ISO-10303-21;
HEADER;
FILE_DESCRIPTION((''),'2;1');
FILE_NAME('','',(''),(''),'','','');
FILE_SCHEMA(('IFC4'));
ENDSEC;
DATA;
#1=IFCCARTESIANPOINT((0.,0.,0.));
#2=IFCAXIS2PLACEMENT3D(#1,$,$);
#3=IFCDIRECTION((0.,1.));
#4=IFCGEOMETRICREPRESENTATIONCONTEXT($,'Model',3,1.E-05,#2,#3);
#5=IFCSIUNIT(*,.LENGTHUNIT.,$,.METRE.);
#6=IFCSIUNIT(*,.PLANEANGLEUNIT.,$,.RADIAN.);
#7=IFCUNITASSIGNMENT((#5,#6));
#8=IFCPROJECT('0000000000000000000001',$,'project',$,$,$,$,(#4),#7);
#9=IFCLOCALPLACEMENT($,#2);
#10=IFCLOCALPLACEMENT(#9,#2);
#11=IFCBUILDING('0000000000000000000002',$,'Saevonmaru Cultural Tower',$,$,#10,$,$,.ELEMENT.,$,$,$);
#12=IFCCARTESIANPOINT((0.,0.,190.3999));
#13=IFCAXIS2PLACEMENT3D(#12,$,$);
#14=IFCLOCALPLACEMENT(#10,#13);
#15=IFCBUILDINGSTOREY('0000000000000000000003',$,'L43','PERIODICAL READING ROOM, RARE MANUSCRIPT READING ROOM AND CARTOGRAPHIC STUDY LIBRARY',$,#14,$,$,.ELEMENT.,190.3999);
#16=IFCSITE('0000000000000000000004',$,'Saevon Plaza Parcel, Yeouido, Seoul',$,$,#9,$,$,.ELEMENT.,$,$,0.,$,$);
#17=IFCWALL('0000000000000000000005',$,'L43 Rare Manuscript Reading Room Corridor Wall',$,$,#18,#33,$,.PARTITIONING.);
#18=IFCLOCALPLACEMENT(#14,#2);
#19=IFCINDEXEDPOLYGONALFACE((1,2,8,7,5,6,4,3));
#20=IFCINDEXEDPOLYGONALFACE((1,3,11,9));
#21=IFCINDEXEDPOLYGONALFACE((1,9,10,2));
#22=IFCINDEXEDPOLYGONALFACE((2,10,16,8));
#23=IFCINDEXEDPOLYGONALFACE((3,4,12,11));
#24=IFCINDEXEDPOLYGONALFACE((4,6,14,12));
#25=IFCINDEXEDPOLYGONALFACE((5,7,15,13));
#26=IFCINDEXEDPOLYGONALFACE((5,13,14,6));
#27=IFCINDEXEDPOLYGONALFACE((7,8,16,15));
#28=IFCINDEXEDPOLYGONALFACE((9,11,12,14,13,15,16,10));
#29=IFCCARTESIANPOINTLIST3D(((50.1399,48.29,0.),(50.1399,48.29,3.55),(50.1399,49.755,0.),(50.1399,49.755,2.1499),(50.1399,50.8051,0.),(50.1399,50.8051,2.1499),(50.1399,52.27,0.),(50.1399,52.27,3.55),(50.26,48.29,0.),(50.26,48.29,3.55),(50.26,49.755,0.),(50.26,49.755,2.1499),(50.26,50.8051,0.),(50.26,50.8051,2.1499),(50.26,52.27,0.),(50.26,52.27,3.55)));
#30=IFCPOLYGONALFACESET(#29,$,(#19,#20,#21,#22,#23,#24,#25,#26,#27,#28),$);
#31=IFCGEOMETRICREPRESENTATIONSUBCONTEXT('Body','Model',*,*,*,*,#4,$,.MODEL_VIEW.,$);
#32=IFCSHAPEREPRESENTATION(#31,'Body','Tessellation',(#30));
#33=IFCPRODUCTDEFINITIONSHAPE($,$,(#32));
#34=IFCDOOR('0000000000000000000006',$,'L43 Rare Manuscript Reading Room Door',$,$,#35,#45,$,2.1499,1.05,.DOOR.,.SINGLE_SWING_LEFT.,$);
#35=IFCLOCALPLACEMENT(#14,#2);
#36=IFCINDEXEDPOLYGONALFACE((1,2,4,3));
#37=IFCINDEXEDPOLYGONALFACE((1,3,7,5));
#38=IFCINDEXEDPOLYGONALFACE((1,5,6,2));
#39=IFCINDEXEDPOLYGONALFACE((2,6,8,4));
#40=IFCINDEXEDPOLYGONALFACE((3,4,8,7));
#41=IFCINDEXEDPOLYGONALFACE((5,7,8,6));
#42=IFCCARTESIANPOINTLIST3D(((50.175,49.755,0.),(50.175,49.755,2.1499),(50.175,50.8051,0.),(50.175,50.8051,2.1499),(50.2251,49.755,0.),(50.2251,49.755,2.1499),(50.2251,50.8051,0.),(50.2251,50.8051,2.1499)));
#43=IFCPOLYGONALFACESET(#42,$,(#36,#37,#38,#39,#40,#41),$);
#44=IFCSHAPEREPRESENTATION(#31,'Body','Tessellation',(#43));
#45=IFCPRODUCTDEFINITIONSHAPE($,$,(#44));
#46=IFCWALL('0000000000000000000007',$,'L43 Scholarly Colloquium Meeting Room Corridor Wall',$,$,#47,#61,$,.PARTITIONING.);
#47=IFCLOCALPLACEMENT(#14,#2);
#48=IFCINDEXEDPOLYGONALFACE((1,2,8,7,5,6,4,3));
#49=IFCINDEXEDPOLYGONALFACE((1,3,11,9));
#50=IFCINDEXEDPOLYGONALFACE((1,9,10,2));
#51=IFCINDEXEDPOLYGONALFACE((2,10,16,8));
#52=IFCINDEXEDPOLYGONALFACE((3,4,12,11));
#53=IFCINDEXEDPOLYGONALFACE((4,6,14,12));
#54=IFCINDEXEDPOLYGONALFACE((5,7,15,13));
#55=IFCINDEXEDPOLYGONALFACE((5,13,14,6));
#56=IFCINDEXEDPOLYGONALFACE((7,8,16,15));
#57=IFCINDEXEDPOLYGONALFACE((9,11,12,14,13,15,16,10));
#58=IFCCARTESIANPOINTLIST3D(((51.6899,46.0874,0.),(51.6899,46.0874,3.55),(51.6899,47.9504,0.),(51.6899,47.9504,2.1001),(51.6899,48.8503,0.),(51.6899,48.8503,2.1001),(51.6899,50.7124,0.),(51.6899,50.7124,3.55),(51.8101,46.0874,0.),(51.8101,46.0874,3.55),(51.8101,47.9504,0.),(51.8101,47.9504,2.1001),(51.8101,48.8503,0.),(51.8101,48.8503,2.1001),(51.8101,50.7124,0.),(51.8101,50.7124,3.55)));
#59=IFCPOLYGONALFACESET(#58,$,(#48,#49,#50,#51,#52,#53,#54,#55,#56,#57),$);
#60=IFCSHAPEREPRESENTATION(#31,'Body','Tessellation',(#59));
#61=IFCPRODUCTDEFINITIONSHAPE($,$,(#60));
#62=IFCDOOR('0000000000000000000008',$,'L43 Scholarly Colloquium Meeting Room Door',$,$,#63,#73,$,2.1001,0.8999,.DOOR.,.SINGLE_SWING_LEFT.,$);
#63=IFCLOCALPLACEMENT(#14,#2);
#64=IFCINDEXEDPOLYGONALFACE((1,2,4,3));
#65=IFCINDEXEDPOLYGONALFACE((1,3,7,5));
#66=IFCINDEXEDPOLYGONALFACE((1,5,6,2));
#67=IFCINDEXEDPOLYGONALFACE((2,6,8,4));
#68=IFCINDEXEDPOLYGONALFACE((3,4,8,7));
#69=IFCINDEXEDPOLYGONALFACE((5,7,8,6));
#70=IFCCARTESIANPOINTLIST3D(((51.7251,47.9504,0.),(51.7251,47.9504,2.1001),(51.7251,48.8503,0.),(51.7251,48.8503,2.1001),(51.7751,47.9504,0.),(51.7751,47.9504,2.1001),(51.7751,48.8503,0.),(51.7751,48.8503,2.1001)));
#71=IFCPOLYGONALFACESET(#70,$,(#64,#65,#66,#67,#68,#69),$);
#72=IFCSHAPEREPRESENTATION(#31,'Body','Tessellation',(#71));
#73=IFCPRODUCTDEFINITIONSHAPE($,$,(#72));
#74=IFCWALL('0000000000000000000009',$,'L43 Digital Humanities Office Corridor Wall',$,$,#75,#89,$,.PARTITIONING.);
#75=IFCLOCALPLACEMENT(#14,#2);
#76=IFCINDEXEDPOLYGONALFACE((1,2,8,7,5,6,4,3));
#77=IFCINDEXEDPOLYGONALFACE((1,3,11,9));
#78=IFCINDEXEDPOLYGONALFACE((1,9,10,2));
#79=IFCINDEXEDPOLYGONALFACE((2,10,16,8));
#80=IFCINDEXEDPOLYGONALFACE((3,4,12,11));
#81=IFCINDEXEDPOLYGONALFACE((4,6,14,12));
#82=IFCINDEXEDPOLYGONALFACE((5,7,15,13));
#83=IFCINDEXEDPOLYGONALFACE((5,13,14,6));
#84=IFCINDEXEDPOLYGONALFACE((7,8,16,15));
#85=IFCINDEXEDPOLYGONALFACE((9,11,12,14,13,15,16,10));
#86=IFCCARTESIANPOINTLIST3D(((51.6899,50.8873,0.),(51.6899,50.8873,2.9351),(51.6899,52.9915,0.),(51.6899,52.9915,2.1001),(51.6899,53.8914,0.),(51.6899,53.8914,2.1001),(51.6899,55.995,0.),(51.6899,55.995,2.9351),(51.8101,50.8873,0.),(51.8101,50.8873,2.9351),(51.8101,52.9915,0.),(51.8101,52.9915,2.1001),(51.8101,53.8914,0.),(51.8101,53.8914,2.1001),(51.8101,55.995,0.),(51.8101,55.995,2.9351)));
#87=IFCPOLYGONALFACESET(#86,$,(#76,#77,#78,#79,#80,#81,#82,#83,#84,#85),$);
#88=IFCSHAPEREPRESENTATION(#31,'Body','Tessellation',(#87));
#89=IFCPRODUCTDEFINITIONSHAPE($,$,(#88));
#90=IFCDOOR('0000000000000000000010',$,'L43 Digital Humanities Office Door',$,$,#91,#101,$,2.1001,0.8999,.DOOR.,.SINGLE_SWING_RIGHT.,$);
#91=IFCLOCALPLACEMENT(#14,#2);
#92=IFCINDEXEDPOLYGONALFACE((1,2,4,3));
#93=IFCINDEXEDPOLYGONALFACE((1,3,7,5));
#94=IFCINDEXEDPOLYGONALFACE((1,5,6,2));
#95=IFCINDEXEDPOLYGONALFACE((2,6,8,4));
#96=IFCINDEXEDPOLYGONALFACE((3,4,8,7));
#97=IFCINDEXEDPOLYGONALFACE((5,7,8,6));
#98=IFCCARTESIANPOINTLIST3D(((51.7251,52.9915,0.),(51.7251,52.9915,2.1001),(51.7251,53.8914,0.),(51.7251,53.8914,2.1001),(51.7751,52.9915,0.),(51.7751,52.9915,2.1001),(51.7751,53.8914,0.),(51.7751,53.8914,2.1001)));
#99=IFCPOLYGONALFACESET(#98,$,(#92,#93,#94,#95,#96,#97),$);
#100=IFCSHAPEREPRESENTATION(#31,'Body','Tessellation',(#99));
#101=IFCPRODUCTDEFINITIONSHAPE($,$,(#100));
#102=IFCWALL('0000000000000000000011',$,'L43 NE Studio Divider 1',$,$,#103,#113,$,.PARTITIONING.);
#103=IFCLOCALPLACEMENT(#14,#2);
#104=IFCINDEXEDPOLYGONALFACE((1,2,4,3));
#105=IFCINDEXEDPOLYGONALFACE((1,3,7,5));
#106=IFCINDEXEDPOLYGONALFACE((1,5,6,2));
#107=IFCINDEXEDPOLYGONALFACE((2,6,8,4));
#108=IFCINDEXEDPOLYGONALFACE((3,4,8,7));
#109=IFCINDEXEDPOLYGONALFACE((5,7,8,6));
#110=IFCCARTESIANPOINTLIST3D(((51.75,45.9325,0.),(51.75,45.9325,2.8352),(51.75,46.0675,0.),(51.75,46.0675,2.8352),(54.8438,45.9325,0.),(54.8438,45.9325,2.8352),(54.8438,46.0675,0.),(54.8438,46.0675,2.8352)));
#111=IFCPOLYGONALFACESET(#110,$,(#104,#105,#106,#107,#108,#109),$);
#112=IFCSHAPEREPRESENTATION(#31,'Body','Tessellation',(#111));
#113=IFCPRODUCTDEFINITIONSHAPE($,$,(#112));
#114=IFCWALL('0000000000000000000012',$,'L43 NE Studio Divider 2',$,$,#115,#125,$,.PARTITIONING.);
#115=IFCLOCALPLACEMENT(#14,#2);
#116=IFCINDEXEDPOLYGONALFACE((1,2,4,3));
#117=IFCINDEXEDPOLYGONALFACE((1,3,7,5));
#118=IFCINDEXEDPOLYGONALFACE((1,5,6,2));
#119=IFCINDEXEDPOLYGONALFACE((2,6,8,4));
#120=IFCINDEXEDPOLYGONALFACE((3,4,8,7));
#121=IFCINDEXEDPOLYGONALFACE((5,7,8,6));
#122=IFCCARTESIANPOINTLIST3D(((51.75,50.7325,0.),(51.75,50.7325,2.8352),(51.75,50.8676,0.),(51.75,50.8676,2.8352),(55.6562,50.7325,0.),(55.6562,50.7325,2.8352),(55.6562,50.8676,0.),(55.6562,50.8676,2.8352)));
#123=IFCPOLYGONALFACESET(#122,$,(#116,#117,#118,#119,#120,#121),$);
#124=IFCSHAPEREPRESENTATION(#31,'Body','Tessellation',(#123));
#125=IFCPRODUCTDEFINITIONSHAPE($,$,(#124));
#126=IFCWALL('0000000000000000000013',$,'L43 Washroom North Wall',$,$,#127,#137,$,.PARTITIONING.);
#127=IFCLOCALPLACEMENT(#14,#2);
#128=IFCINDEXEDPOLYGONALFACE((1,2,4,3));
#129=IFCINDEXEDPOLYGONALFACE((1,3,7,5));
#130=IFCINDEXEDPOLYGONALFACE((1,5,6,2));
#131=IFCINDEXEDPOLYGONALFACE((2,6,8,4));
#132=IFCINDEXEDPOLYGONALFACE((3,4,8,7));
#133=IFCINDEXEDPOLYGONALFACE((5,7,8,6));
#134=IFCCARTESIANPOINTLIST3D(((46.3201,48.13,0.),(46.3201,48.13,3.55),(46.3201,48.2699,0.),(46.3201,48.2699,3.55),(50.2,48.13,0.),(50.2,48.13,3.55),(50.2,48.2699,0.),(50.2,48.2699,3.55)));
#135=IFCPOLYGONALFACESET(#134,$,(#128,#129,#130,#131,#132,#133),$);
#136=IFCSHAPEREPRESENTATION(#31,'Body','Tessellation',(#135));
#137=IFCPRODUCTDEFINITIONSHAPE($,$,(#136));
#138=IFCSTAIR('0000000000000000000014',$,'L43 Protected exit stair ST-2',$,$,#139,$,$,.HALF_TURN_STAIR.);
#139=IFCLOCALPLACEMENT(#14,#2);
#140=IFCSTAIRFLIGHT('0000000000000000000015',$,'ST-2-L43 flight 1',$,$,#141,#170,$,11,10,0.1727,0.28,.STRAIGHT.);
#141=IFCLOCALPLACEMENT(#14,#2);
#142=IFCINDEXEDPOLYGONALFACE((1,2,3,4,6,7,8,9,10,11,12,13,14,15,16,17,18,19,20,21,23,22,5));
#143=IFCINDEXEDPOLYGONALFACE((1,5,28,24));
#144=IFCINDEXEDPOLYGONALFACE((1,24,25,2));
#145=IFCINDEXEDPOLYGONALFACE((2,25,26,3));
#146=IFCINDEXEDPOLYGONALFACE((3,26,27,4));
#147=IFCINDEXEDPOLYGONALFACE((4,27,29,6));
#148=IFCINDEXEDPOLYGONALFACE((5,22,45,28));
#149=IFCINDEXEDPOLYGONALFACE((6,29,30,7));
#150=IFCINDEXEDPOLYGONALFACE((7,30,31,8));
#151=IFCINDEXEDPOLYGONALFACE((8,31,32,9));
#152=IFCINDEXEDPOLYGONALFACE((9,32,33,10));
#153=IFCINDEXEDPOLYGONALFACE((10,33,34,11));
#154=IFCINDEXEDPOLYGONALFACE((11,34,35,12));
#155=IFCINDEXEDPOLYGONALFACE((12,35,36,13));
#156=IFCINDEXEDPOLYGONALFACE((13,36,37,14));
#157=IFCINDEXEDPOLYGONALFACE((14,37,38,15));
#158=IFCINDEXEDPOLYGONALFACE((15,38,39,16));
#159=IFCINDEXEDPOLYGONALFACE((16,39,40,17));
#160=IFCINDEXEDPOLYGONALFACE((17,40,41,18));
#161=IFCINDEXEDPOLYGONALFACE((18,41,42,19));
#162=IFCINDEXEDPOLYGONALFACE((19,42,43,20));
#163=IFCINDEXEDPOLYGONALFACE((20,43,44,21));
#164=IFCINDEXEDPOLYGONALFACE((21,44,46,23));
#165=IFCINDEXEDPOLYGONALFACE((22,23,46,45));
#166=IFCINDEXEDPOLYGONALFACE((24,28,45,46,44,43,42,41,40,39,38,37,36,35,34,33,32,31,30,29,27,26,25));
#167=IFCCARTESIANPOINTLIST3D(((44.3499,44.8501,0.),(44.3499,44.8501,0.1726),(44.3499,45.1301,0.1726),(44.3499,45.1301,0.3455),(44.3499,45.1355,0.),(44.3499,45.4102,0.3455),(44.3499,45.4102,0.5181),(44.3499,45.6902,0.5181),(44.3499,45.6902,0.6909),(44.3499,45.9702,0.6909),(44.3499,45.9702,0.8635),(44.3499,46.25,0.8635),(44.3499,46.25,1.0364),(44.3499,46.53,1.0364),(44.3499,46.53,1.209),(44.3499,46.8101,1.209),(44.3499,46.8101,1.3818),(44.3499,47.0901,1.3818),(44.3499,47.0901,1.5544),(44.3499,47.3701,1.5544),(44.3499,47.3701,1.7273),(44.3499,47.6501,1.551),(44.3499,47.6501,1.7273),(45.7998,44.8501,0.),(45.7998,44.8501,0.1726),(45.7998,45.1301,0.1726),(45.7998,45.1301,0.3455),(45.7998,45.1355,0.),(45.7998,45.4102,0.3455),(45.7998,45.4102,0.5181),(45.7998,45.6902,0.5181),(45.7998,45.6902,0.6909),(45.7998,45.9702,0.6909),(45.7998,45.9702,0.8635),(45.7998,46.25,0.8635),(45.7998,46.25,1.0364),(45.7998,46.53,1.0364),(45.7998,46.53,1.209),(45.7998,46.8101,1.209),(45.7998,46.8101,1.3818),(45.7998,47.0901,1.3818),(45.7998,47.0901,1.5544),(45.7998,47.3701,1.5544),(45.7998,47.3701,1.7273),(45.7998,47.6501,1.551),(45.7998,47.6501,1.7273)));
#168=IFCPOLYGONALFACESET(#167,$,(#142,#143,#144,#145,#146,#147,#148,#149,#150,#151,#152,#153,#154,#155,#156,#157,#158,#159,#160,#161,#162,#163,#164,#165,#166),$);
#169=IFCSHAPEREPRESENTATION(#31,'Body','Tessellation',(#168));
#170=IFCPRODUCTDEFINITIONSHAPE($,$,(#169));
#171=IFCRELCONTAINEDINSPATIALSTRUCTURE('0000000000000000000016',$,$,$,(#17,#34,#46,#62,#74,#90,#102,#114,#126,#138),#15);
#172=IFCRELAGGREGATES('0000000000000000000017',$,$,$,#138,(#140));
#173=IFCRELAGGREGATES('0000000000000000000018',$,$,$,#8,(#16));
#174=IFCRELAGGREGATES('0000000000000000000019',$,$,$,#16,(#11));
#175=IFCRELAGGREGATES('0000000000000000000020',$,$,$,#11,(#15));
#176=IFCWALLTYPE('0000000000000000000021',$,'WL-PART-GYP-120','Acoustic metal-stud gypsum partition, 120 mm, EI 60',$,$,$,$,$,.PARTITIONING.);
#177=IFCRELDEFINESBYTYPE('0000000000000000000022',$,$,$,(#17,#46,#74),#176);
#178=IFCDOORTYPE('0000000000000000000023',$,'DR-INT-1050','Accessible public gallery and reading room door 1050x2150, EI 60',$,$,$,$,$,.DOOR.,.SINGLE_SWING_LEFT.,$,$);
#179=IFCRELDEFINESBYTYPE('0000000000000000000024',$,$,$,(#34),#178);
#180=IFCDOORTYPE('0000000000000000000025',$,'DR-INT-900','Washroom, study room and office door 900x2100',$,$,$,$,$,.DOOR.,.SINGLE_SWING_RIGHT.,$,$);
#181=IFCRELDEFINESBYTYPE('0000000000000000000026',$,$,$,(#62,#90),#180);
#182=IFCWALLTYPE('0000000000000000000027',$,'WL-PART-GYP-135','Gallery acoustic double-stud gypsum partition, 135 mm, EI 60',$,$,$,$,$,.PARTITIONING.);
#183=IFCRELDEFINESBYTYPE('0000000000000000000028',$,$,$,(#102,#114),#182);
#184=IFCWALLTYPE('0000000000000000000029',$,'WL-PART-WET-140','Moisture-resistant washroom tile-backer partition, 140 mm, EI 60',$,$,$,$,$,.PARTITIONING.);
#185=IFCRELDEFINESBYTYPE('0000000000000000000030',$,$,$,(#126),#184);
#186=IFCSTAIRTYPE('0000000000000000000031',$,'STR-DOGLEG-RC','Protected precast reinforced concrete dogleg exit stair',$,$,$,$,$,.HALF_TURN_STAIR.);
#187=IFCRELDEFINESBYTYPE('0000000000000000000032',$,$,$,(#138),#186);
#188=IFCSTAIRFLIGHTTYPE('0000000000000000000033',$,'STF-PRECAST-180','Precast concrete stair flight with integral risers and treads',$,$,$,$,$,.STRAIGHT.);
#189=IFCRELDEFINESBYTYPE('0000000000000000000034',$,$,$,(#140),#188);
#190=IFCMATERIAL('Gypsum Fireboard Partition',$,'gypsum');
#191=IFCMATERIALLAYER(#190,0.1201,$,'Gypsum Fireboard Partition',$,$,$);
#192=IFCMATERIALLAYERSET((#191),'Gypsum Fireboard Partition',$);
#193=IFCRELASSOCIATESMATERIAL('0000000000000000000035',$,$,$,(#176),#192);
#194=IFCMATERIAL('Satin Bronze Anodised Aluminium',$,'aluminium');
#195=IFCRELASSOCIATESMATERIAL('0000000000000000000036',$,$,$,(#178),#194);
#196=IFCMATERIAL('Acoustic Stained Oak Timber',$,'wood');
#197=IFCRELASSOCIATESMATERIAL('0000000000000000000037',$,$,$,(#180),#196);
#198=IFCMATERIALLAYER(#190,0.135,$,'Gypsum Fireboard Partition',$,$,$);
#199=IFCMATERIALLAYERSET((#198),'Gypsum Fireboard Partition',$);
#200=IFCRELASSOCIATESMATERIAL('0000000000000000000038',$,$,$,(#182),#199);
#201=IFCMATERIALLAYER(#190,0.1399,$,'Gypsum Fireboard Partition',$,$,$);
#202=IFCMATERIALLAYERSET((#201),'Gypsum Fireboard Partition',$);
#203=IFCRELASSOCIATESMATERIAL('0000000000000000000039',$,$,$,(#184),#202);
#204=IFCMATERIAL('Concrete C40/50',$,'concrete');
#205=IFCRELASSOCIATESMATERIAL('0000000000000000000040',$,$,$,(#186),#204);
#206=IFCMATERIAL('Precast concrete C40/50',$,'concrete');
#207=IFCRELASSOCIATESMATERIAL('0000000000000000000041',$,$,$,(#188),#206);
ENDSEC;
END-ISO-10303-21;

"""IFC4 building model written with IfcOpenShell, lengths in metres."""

from ifc_helpers import new_model, si_unit, direction, frame, frame_2d, origin, place, context, subcontext, project, spatial, polyline, rectangle, outline, extrude, material, layer, layer_set, type_object, element, fill, aggregate, save


model = new_model("IFC4")

# Units and contexts
model_context = context("Model", 3, precision=1e-05, world=origin(), true_north=direction((0.0, 1.0)))
body_context = subcontext(model_context, "Body", "Model", "MODEL_VIEW")
ifc_project = project(units=[si_unit("LENGTHUNIT", "METRE"), si_unit("PLANEANGLEUNIT", "RADIAN")], contexts=[model_context])

# Site, building, storey
site_placement = place(None, origin())
site = spatial("IfcSite", under=ifc_project, at=site_placement, Name="Saevon Plaza Parcel, Yeouido, Seoul", CompositionType="ELEMENT", RefElevation=0.0)
building_placement = place(site_placement, origin())
building = spatial("IfcBuilding", under=site, at=building_placement, Name="Saevonmaru Cultural Tower", CompositionType="ELEMENT")
storey_placement = place(building_placement, frame((0.0, 0.0, 190.3999)))
storey = spatial("IfcBuildingStorey", under=building, at=storey_placement, Name="L43", Description="PERIODICAL READING ROOM, RARE MANUSCRIPT READING ROOM AND CARTOGRAPHIC STUDY LIBRARY", CompositionType="ELEMENT", Elevation=190.3999)

# Shared definitions
ifc_material_1 = material(Name="Satin Bronze Anodised Aluminium", Category="aluminium")

# Walls, openings, doors
ifc_material_2 = material(Name="Gypsum Fireboard Partition", Category="gypsum")
ifc_layer_1 = layer(ifc_material_2, 0.1201, Name="Gypsum Fireboard Partition")
ifc_layer_set_1 = layer_set([ifc_layer_1], Name="Gypsum Fireboard Partition")
wall_type_1 = type_object("IfcWallType", Name="WL-PART-GYP-120", Description="Acoustic metal-stud gypsum partition, 120 mm, EI 60", PredefinedType="PARTITIONING", material=ifc_layer_set_1)
wall_1_placement = place(storey_placement, frame((50.2, 48.29, 0.0), z_axis=(0.0, 0.0, 1.0), x_axis=(0.0, 1.0, 0.0)))
wall_1 = element("IfcWall", 1, at=wall_1_placement, inside=storey, type_object=wall_type_1, Name="L43 Rare Manuscript Reading Room Corridor Wall", PredefinedType="PARTITIONING", context=body_context, shape_type="SweptSolid", body=[
    extrude(rectangle(XDim=3.98, YDim=0.1201, at=frame_2d((1.99, 0.0))), origin(), (0.0, 0.0, 1.0), 3.55),
])
opening_1_placement = place(wall_1_placement, frame((1.4651, 0.0, 0.0)))
opening_1 = element("IfcOpeningElement", 2, at=opening_1_placement, cuts=wall_1, PredefinedType="OPENING", context=body_context, shape_type="SweptSolid", body=[
    extrude(rectangle(XDim=1.05, YDim=2.1499, at=frame_2d((0.5249, 1.075))), frame((0.0, 0.0701, 0.0), z_axis=(0.0, -1.0, 0.0), x_axis=(1.0, 0.0, 0.0)), (0.0, 0.0, 1.0), 0.1401),
])
door_type_1 = type_object("IfcDoorType", Name="DR-INT-1050", Description="Accessible public gallery and reading room door 1050x2150, EI 60", OperationType="SINGLE_SWING_LEFT", PredefinedType="DOOR", material=ifc_material_1)
door_1_placement = place(opening_1_placement, origin())
door_1 = element("IfcDoor", 3, at=door_1_placement, inside=storey, type_object=door_type_1, Name="L43 Rare Manuscript Reading Room Door", OperationType="SINGLE_SWING_LEFT", OverallHeight=2.1499, OverallWidth=1.05, PredefinedType="DOOR", context=body_context, shape_type="SweptSolid", body=[
    extrude(rectangle(XDim=1.05, YDim=2.1499, at=frame_2d((0.5249, 1.075))), frame((0.0, 0.0249, 0.0), z_axis=(0.0, -1.0, 0.0), x_axis=(1.0, 0.0, 0.0)), (0.0, 0.0, 1.0), 0.05),
])
fill(opening_1, door_1)
wall_2_placement = place(storey_placement, frame((51.75, 46.0874, 0.0), z_axis=(0.0, 0.0, 1.0), x_axis=(0.0, 1.0, 0.0)))
wall_2 = element("IfcWall", 4, at=wall_2_placement, inside=storey, type_object=wall_type_1, Name="L43 Scholarly Colloquium Meeting Room Corridor Wall", PredefinedType="PARTITIONING", context=body_context, shape_type="SweptSolid", body=[
    extrude(rectangle(XDim=4.625, YDim=0.1201, at=frame_2d((2.3125, 0.0))), origin(), (0.0, 0.0, 1.0), 3.55),
])
opening_2_placement = place(wall_2_placement, frame((1.863, 0.0, 0.0)))
opening_2 = element("IfcOpeningElement", 5, at=opening_2_placement, cuts=wall_2, PredefinedType="OPENING", context=body_context, shape_type="SweptSolid", body=[
    extrude(rectangle(XDim=0.8999, YDim=2.1001, at=frame_2d((0.45, 1.05))), frame((0.0, 0.0701, 0.0), z_axis=(0.0, -1.0, 0.0), x_axis=(1.0, 0.0, 0.0)), (0.0, 0.0, 1.0), 0.1401),
])
ifc_material_3 = material(Name="Acoustic Stained Oak Timber", Category="wood")
door_type_2 = type_object("IfcDoorType", Name="DR-INT-900", Description="Washroom, study room and office door 900x2100", OperationType="SINGLE_SWING_RIGHT", PredefinedType="DOOR", material=ifc_material_3)
door_2_placement = place(opening_2_placement, origin())
door_2 = element("IfcDoor", 6, at=door_2_placement, inside=storey, type_object=door_type_2, Name="L43 Scholarly Colloquium Meeting Room Door", OperationType="SINGLE_SWING_LEFT", OverallHeight=2.1001, OverallWidth=0.8999, PredefinedType="DOOR", context=body_context, shape_type="SweptSolid", body=[
    extrude(rectangle(XDim=0.8999, YDim=2.1001, at=frame_2d((0.45, 1.05))), frame((0.0, 0.0249, 0.0), z_axis=(0.0, -1.0, 0.0), x_axis=(1.0, 0.0, 0.0)), (0.0, 0.0, 1.0), 0.05),
])
fill(opening_2, door_2)
wall_3_placement = place(storey_placement, frame((51.75, 50.8875, 0.0), z_axis=(0.0, 0.0, 1.0), x_axis=(0.0, 1.0, 0.0)))
wall_3 = element("IfcWall", 7, at=wall_3_placement, inside=storey, type_object=wall_type_1, Name="L43 Digital Humanities Office Corridor Wall", PredefinedType="PARTITIONING", context=body_context, shape_type="SweptSolid", body=[
    extrude(rectangle(XDim=5.1077, YDim=0.1201, at=frame_2d((2.5537, 0.0))), origin(), (0.0, 0.0, 1.0), 2.9351),
])
opening_3_placement = place(wall_3_placement, frame((2.104, 0.0, 0.0)))
opening_3 = element("IfcOpeningElement", 8, at=opening_3_placement, cuts=wall_3, PredefinedType="OPENING", context=body_context, shape_type="SweptSolid", body=[
    extrude(rectangle(XDim=0.8999, YDim=2.1001, at=frame_2d((0.45, 1.05))), frame((0.0, 0.0701, 0.0), z_axis=(0.0, -1.0, 0.0), x_axis=(1.0, 0.0, 0.0)), (0.0, 0.0, 1.0), 0.1401),
])
door_3_placement = place(opening_3_placement, origin())
door_3 = element("IfcDoor", 9, at=door_3_placement, inside=storey, type_object=door_type_2, Name="L43 Digital Humanities Office Door", OperationType="SINGLE_SWING_RIGHT", OverallHeight=2.1001, OverallWidth=0.8999, PredefinedType="DOOR", context=body_context, shape_type="SweptSolid", body=[
    extrude(rectangle(XDim=0.8999, YDim=2.1001, at=frame_2d((0.45, 1.05))), frame((0.0, 0.0249, 0.0), z_axis=(0.0, -1.0, 0.0), x_axis=(1.0, 0.0, 0.0)), (0.0, 0.0, 1.0), 0.05),
])
fill(opening_3, door_3)

# Walls
ifc_layer_2 = layer(ifc_material_2, 0.135, Name="Gypsum Fireboard Partition")
ifc_layer_set_2 = layer_set([ifc_layer_2], Name="Gypsum Fireboard Partition")
wall_type_2 = type_object("IfcWallType", Name="WL-PART-GYP-135", Description="Gallery acoustic double-stud gypsum partition, 135 mm, EI 60", PredefinedType="PARTITIONING", material=ifc_layer_set_2)
wall_4_placement = place(storey_placement, frame((51.75, 46.0, 0.0), z_axis=(0.0, 0.0, 1.0), x_axis=(1.0, 0.0, 0.0)))
element("IfcWall", 10, at=wall_4_placement, inside=storey, type_object=wall_type_2, Name="L43 NE Studio Divider 1", PredefinedType="PARTITIONING", context=body_context, shape_type="SweptSolid", body=[
    extrude(rectangle(XDim=3.0938, YDim=0.135, at=frame_2d((1.5469, 0.0))), origin(), (0.0, 0.0, 1.0), 2.8352),
])
wall_5_placement = place(storey_placement, frame((51.75, 50.8, 0.0), z_axis=(0.0, 0.0, 1.0), x_axis=(1.0, 0.0, 0.0)))
element("IfcWall", 11, at=wall_5_placement, inside=storey, type_object=wall_type_2, Name="L43 NE Studio Divider 2", PredefinedType="PARTITIONING", context=body_context, shape_type="SweptSolid", body=[
    extrude(rectangle(XDim=3.9062, YDim=0.135, at=frame_2d((1.9531, 0.0))), origin(), (0.0, 0.0, 1.0), 2.8352),
])
ifc_layer_3 = layer(ifc_material_2, 0.1399, Name="Gypsum Fireboard Partition")
ifc_layer_set_3 = layer_set([ifc_layer_3], Name="Gypsum Fireboard Partition")
wall_type_3 = type_object("IfcWallType", Name="WL-PART-WET-140", Description="Moisture-resistant washroom tile-backer partition, 140 mm, EI 60", PredefinedType="PARTITIONING", material=ifc_layer_set_3)
wall_6_placement = place(storey_placement, frame((46.3201, 48.2, 0.0), z_axis=(0.0, 0.0, 1.0), x_axis=(1.0, 0.0, 0.0)))
element("IfcWall", 12, at=wall_6_placement, inside=storey, type_object=wall_type_3, Name="L43 Washroom North Wall", PredefinedType="PARTITIONING", context=body_context, shape_type="SweptSolid", body=[
    extrude(rectangle(XDim=3.8799, YDim=0.1399, at=frame_2d((1.9399, 0.0))), origin(), (0.0, 0.0, 1.0), 3.55),
])

# Stair, stair flight
ifc_material_4 = material(Name="Concrete C40/50", Category="concrete")
stair_type = type_object("IfcStairType", Name="STR-DOGLEG-RC", Description="Protected precast reinforced concrete dogleg exit stair", PredefinedType="HALF_TURN_STAIR", material=ifc_material_4)
stair_placement = place(storey_placement, origin())
stair = element("IfcStair", 13, at=stair_placement, inside=storey, type_object=stair_type, Name="L43 Protected exit stair ST-2", PredefinedType="HALF_TURN_STAIR")
ifc_material_5 = material(Name="Precast concrete C40/50", Category="concrete")
stair_flight_type = type_object("IfcStairFlightType", Name="STF-PRECAST-180", Description="Precast concrete stair flight with integral risers and treads", PredefinedType="STRAIGHT", material=ifc_material_5)
stair_flight_placement = place(storey_placement, frame((45.075, 44.8501, 0.0), z_axis=(0.0, 0.0, 1.0), x_axis=(0.0, 1.0, 0.0)))
stair_flight = element("IfcStairFlight", 14, at=stair_flight_placement, type_object=stair_flight_type, Name="ST-2-L43 flight 1", NumberOfRisers=11, NumberOfTreads=10, PredefinedType="STRAIGHT", RiserHeight=0.1727, TreadLength=0.28, context=body_context, shape_type="SweptSolid", body=[
    extrude(outline(polyline([(0.0, 0.0), (0.0, 0.1726), (0.28, 0.1726), (0.28, 0.3455), (0.5601, 0.3455), (0.5601, 0.5181), (0.8401, 0.5181), (0.8401, 0.6909), (1.1201, 0.6909), (1.1201, 0.8635), (1.3999, 0.8635), (1.3999, 1.0364), (1.6799, 1.0364), (1.6799, 1.209), (1.96, 1.209), (1.96, 1.3818), (2.24, 1.3818), (2.24, 1.5544), (2.52, 1.5544), (2.52, 1.7273), (2.8, 1.7273), (2.8, 1.8999), (2.8, 1.551), (0.2854, 0.0), (0.0, 0.0)])), frame((0.0, 0.7251, 0.0), z_axis=(0.0, -1.0, 0.0), x_axis=(1.0, 0.0, 0.0)), (0.0, 0.0, 1.0), 1.45),
])
aggregate(stair, [stair_flight])

save(model, "model.ifc")
